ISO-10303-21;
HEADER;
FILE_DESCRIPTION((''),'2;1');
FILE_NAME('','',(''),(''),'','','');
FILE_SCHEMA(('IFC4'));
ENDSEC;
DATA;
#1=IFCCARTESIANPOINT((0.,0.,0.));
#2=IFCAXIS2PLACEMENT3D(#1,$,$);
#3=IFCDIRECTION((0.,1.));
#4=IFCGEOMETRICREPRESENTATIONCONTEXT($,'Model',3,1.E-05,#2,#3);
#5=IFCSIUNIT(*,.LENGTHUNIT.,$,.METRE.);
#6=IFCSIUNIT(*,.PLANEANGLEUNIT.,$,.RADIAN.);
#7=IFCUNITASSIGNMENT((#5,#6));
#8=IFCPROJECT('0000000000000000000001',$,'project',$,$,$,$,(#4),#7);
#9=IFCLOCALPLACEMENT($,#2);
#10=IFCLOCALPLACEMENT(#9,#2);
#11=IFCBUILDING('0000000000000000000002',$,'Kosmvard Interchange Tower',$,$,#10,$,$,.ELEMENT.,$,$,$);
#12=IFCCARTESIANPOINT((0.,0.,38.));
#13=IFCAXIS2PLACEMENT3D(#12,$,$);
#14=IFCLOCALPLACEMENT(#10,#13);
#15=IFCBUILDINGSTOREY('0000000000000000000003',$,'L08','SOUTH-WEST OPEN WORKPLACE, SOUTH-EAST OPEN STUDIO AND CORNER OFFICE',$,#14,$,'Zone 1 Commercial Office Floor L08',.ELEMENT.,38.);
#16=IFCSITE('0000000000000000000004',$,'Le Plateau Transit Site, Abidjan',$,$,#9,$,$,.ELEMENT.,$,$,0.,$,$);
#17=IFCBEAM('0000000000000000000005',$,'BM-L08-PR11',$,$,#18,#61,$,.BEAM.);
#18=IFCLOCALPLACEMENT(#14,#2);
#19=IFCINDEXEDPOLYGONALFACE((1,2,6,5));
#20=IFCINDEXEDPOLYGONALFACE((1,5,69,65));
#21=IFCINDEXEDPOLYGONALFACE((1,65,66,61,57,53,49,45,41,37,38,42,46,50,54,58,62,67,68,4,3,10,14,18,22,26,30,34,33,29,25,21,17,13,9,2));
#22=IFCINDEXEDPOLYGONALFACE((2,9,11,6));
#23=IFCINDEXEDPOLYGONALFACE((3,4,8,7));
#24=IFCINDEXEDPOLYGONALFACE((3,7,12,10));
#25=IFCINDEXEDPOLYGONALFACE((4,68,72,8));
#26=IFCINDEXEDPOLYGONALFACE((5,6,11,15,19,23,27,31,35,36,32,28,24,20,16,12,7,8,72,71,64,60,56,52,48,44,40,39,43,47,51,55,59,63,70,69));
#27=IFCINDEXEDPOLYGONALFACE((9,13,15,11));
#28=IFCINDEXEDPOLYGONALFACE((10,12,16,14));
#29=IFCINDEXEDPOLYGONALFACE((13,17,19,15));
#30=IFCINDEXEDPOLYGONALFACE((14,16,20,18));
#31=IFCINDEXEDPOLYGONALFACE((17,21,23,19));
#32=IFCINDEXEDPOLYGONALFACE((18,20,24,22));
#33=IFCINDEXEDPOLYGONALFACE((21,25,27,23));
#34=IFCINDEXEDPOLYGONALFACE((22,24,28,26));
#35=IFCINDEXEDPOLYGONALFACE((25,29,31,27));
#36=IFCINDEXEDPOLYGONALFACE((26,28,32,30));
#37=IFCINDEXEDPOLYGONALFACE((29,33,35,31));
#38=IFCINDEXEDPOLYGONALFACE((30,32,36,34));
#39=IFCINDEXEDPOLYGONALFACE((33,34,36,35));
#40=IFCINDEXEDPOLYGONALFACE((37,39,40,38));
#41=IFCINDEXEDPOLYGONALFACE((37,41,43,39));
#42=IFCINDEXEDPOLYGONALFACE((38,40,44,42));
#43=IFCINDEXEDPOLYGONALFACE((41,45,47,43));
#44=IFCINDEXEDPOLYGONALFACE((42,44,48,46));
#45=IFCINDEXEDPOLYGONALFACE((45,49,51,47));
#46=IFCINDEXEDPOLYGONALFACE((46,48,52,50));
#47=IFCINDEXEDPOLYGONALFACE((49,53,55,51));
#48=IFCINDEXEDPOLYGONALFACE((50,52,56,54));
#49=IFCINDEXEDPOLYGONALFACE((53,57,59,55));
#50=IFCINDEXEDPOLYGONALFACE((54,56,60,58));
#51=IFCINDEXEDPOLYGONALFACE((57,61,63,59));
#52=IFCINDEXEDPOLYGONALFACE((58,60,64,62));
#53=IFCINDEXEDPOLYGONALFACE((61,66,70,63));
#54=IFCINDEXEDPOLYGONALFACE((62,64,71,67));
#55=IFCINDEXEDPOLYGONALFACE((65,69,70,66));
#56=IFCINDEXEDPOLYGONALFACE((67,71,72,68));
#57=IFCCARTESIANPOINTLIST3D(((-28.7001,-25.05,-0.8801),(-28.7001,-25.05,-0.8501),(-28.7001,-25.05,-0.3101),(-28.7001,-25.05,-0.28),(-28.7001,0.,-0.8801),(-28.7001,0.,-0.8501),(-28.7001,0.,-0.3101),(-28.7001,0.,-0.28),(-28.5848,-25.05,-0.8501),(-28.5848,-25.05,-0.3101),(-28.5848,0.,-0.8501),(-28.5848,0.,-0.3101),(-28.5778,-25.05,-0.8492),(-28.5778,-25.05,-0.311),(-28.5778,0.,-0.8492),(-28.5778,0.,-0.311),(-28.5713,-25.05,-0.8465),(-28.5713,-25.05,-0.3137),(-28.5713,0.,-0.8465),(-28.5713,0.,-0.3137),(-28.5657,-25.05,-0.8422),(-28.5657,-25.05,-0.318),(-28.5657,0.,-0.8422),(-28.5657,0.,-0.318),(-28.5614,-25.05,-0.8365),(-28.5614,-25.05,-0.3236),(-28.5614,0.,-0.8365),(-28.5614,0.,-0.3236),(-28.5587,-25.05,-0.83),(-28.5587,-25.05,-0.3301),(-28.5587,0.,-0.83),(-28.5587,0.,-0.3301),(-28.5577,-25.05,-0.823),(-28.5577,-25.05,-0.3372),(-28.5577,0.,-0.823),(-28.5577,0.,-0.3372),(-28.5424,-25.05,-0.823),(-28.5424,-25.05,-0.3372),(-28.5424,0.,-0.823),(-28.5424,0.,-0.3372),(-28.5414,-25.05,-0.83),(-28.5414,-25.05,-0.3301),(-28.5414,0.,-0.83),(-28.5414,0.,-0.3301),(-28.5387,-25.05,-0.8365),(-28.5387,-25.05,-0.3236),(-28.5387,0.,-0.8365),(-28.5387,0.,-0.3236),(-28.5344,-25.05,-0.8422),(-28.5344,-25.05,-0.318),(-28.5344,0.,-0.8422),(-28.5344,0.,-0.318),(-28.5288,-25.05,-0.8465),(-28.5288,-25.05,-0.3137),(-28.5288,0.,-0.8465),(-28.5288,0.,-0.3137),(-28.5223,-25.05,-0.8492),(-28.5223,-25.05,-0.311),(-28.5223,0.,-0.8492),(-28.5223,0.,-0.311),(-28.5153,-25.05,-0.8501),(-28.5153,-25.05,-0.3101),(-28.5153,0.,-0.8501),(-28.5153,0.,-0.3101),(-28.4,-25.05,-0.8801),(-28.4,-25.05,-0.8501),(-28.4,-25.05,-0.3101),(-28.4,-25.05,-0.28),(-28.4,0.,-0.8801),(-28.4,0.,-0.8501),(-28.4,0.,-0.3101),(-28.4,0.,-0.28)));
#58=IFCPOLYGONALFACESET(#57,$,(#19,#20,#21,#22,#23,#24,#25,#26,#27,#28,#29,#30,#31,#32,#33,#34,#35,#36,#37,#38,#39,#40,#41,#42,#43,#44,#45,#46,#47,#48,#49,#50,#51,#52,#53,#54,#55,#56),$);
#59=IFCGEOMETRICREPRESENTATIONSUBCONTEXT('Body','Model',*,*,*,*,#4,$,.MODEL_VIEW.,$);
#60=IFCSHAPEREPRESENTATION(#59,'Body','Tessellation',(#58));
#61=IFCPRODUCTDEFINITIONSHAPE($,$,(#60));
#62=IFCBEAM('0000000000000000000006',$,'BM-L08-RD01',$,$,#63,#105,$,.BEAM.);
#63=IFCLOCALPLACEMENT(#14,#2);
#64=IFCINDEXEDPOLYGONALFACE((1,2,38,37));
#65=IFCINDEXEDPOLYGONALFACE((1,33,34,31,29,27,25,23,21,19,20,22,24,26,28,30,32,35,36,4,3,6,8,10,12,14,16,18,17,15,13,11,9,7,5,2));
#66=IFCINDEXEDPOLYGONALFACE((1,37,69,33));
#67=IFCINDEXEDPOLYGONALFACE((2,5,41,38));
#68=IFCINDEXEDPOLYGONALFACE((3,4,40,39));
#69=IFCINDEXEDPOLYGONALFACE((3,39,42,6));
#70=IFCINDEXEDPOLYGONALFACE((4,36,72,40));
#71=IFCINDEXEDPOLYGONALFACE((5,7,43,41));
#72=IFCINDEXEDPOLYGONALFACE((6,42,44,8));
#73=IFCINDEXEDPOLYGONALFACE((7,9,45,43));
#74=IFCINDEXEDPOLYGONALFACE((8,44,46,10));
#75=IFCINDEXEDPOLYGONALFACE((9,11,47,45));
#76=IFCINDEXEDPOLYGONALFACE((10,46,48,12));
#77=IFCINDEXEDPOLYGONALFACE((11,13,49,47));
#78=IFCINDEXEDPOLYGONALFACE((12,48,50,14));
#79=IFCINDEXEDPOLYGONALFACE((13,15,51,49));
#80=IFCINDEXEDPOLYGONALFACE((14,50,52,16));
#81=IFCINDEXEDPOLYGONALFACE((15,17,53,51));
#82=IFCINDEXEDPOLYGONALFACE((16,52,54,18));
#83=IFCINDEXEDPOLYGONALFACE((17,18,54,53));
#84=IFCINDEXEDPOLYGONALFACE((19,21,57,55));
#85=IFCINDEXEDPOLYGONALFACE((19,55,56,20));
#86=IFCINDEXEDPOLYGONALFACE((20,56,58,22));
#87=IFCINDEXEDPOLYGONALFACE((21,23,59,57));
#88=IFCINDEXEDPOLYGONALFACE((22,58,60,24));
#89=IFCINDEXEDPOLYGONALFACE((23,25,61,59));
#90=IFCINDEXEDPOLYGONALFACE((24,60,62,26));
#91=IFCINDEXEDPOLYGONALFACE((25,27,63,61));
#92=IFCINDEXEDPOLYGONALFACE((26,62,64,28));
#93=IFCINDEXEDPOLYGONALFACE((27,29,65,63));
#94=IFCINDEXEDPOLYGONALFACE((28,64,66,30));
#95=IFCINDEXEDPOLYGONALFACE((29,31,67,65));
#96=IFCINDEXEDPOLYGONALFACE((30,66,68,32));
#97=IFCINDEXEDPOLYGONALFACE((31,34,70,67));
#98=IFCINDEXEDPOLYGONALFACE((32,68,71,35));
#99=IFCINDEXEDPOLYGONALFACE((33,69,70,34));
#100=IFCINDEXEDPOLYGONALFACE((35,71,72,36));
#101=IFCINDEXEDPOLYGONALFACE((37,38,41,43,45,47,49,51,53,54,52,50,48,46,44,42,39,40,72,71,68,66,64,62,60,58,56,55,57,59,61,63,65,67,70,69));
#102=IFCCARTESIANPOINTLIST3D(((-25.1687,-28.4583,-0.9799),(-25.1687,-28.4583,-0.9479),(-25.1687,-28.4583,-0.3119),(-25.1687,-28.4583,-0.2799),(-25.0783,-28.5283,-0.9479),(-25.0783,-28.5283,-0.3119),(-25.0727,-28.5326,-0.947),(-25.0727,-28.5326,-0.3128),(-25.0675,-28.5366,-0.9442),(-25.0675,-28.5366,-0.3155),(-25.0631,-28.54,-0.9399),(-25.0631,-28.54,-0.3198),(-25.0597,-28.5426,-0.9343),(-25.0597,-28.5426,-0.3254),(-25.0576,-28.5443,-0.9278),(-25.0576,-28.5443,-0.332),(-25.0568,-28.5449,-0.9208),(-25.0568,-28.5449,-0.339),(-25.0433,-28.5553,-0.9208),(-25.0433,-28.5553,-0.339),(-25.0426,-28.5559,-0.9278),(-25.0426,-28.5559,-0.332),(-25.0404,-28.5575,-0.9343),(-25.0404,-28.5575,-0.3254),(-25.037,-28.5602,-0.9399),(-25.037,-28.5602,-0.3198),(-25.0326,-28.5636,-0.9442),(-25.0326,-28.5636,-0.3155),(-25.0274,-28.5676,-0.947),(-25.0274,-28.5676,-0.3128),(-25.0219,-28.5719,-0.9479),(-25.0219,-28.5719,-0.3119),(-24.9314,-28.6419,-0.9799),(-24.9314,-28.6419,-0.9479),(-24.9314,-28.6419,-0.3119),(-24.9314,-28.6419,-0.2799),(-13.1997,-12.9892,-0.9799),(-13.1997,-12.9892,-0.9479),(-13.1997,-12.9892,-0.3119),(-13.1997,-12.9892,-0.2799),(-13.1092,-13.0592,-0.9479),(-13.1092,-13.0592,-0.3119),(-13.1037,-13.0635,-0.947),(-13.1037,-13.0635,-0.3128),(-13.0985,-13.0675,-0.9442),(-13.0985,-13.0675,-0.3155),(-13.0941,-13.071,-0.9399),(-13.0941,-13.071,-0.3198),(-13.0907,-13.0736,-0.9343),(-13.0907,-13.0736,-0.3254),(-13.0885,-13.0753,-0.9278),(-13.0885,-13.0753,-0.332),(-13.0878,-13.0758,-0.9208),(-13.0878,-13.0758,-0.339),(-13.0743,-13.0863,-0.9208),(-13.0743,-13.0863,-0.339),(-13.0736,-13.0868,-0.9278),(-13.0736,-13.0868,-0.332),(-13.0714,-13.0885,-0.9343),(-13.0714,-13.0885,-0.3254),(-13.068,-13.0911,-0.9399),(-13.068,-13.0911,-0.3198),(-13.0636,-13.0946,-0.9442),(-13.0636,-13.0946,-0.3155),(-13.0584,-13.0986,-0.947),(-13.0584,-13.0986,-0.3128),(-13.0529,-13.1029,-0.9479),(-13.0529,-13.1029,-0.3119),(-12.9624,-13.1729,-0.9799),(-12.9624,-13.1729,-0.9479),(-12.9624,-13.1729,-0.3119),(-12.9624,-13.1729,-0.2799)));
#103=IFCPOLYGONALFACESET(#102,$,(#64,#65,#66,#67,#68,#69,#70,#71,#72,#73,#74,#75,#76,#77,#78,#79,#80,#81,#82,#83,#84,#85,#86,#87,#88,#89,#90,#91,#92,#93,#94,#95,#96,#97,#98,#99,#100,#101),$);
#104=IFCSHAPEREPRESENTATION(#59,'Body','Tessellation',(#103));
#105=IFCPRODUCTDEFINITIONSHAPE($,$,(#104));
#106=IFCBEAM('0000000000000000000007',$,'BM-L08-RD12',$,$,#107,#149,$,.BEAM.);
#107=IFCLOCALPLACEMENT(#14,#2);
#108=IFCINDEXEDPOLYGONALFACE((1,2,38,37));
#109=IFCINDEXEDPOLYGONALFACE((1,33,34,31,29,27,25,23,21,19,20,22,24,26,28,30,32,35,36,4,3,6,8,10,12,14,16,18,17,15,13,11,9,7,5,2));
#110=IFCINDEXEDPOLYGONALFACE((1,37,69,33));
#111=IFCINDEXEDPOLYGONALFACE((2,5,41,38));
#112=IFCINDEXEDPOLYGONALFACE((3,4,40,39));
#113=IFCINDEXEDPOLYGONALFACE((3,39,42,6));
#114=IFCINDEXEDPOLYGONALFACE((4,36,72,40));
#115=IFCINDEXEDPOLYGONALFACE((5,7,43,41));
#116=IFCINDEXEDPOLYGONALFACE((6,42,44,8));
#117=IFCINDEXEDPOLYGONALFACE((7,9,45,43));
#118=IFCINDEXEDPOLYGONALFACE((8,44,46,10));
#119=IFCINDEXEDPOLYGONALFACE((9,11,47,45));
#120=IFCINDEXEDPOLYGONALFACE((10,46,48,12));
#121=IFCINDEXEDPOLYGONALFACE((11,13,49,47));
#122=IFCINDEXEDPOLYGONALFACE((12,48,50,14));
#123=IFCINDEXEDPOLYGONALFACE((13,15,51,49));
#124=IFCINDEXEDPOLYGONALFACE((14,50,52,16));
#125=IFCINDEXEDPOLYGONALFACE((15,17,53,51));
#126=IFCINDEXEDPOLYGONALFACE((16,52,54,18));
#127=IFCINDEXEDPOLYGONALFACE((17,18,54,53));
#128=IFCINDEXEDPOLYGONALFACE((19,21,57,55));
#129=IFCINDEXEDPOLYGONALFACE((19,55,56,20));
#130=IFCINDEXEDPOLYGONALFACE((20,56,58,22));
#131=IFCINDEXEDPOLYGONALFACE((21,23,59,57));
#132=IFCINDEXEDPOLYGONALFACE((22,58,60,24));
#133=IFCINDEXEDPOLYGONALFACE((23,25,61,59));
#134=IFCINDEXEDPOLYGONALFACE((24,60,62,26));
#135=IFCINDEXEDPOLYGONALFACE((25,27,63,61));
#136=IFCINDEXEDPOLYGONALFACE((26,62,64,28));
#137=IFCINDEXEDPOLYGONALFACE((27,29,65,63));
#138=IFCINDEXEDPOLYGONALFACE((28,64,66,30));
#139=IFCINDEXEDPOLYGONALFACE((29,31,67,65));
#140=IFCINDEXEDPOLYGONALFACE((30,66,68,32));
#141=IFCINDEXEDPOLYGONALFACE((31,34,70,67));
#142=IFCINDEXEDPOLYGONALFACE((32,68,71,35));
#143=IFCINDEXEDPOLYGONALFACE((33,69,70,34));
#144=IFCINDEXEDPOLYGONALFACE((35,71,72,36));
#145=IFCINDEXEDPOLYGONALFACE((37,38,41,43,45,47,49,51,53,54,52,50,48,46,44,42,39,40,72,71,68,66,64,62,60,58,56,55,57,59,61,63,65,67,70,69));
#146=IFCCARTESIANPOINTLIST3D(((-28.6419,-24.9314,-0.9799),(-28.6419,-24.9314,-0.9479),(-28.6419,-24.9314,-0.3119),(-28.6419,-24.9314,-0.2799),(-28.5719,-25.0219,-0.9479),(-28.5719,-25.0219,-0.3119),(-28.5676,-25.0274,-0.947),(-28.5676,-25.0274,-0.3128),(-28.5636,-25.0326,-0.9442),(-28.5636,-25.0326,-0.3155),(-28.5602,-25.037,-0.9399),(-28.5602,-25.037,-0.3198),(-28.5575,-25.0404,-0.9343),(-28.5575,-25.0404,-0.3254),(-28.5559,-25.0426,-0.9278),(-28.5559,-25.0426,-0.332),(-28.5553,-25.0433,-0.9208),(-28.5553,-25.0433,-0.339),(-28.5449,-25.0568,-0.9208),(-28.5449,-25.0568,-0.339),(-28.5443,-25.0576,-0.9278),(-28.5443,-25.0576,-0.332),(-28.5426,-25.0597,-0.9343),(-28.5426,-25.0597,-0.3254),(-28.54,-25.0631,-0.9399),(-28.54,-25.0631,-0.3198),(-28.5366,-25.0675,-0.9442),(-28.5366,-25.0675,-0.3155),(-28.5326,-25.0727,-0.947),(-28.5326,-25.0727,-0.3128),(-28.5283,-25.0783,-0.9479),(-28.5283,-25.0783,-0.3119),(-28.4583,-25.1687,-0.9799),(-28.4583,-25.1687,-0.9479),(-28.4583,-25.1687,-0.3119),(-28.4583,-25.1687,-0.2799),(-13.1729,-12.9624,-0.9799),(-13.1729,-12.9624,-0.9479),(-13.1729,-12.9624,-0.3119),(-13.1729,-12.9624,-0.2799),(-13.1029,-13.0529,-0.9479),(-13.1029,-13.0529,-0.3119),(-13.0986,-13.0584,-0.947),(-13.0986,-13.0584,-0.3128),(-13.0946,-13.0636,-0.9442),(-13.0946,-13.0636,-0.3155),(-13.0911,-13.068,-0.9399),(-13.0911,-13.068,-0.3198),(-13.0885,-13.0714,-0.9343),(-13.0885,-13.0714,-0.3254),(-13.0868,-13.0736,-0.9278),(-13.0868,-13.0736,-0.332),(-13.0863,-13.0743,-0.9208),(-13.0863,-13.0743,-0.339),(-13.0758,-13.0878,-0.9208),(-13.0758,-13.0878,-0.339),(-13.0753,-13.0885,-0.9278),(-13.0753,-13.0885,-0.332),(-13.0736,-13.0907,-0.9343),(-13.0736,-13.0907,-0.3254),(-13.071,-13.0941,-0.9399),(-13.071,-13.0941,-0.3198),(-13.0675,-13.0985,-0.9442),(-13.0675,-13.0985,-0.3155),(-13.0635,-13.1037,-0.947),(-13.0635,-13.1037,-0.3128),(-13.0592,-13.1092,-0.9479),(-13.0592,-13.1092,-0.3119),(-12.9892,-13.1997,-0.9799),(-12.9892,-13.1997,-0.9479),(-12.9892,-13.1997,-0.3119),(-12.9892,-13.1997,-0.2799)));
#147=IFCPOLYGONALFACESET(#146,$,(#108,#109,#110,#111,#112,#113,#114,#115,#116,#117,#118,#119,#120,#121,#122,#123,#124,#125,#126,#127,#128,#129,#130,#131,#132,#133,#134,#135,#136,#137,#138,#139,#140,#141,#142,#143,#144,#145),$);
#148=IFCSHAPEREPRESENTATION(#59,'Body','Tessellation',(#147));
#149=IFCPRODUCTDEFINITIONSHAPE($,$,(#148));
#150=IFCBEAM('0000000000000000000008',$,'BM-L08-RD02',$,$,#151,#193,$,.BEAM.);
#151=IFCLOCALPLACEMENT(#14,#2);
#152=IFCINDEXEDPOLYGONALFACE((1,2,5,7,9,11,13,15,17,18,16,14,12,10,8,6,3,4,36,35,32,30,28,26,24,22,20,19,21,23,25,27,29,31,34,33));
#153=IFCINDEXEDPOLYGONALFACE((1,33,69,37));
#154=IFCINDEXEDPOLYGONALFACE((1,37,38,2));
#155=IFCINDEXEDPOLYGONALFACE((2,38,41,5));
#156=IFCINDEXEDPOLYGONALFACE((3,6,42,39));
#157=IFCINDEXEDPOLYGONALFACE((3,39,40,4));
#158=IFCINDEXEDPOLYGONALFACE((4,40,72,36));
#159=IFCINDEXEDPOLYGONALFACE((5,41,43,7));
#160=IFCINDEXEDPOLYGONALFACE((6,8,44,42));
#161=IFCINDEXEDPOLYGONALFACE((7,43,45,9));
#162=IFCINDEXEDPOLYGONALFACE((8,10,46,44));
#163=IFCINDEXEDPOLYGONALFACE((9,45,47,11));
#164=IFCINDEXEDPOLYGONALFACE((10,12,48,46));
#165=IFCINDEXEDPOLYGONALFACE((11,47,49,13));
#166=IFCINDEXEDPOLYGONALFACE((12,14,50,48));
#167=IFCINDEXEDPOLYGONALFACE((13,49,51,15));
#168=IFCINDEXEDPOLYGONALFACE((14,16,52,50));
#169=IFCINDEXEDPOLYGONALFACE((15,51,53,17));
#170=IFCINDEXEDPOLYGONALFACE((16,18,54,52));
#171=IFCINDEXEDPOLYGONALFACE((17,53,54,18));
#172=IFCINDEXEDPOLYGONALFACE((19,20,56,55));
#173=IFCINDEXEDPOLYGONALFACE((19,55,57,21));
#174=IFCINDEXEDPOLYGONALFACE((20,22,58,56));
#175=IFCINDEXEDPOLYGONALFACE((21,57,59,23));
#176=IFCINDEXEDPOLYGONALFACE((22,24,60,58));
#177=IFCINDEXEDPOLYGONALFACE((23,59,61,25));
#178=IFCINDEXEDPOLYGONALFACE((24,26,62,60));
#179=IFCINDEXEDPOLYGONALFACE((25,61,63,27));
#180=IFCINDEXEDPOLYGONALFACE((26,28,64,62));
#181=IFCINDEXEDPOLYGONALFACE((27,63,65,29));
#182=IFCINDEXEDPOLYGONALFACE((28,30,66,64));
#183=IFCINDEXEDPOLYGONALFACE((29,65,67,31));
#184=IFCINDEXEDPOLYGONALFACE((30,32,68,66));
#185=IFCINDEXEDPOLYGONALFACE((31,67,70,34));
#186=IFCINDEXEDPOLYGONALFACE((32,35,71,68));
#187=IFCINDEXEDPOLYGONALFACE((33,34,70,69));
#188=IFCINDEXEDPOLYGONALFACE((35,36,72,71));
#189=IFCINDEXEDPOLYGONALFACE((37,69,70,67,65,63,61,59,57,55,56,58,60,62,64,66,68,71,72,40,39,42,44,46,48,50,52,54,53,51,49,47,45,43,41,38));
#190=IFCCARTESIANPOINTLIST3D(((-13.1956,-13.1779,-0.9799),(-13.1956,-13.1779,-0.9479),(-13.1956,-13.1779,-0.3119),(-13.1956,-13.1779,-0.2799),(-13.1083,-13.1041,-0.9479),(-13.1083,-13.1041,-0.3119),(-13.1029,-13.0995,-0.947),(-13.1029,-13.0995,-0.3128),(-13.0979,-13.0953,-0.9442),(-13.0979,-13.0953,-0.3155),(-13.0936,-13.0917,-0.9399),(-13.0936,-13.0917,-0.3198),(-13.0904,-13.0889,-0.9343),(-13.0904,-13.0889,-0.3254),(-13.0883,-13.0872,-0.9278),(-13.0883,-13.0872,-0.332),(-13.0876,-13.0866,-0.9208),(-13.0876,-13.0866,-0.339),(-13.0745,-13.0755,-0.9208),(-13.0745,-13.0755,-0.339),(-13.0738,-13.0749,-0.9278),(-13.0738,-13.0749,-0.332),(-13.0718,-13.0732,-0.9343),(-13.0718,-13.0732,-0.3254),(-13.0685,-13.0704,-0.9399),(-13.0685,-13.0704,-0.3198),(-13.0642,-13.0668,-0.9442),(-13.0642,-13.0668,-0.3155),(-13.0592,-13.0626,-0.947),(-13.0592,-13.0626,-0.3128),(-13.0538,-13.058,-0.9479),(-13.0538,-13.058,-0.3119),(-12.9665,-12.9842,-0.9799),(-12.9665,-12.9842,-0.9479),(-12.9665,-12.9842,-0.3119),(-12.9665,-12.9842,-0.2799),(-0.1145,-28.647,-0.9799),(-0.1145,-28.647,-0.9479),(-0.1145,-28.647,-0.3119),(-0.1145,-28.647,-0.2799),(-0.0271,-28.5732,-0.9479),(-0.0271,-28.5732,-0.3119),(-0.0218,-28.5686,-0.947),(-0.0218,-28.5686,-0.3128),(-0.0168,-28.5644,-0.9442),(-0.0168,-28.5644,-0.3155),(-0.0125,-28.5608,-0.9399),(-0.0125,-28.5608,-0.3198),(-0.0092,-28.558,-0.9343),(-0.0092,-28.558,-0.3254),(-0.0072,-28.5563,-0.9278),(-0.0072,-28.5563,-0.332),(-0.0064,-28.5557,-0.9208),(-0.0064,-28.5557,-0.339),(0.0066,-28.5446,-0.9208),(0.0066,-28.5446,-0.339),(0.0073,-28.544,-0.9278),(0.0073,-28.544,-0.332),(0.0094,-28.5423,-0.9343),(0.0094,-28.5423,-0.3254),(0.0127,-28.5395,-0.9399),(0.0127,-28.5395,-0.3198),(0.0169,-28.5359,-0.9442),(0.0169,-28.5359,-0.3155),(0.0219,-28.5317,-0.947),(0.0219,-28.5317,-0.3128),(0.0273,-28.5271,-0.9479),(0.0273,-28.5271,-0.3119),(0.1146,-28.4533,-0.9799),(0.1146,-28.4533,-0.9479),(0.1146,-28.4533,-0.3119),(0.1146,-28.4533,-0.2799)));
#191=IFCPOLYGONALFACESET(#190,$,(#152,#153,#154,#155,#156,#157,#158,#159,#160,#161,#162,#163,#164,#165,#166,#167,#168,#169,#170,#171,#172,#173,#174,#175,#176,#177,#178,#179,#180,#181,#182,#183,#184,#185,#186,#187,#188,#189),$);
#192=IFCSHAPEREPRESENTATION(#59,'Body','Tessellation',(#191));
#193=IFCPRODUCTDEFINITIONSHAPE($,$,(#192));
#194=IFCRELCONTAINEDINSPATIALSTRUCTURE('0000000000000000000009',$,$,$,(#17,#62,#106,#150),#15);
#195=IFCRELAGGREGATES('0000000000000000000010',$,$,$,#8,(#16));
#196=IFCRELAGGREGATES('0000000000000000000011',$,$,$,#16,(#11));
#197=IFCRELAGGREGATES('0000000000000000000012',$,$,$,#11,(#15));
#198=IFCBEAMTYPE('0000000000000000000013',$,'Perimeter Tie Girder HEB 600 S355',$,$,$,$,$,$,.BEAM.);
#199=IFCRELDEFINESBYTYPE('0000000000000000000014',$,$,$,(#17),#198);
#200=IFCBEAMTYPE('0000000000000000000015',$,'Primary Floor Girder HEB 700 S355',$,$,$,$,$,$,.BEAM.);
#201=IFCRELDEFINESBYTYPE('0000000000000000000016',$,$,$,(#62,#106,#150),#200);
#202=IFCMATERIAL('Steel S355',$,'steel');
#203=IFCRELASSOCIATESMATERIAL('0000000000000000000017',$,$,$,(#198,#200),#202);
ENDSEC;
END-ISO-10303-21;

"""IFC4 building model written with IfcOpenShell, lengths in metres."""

from ifc_helpers import new_model, si_unit, direction, frame, origin, origin_2d, place, context, subcontext, project, spatial, i_section, extrude, source, transform, mapped, material, material_profile, profile_set, type_object, element, save


model = new_model("IFC4")

# Units and contexts
model_context = context("Model", 3, precision=1e-05, world=origin(), true_north=direction((0.0, 1.0)))
body_context = subcontext(model_context, "Body", "Model", "MODEL_VIEW")
ifc_project = project(units=[si_unit("LENGTHUNIT", "METRE"), si_unit("PLANEANGLEUNIT", "RADIAN")], contexts=[model_context])

# Site, building, storey
site_placement = place(None, origin())
site = spatial("IfcSite", under=ifc_project, at=site_placement, Name="Le Plateau Transit Site, Abidjan", CompositionType="ELEMENT", RefElevation=0.0)
building_placement = place(site_placement, origin())
building = spatial("IfcBuilding", under=site, at=building_placement, Name="Kosmvard Interchange Tower", CompositionType="ELEMENT")
storey_placement = place(building_placement, frame((0.0, 0.0, 38.0)))
storey = spatial("IfcBuildingStorey", under=building, at=storey_placement, Name="L08", Description="SOUTH-WEST OPEN WORKPLACE, SOUTH-EAST OPEN STUDIO AND CORNER OFFICE", LongName="Zone 1 Commercial Office Floor L08", CompositionType="ELEMENT", Elevation=38.0)

# Beams
ifc_material_1 = material(Name="Steel S355", Category="steel")
ifc_material_profile_1 = material_profile(ifc_material_1, i_section(OverallWidth=0.3, OverallDepth=0.6001, WebThickness=0.0154, FlangeThickness=0.03, FilletRadius=0.0271, at=origin_2d()), Name="HEB 600")
ifc_profile_set_1 = profile_set([ifc_material_profile_1], Name="Steel S355")
beam_type_1 = type_object("IfcBeamType", Name="Perimeter Tie Girder HEB 600 S355", PredefinedType="BEAM", material=ifc_profile_set_1)
shared_shape_1 = source(origin(), body_context, "Body", "SweptSolid", [
    extrude(i_section(OverallWidth=0.3, OverallDepth=0.6001, WebThickness=0.0154, FlangeThickness=0.03, FilletRadius=0.0271, at=origin_2d()), origin(), (0.0, 0.0, 1.0), 25.05),
])
for number, where, z_axis, x_axis, name in (
    (1, (-28.55, 0.0, -0.5801), (0.0, -1.0, 0.0), (1.0, 0.0, 0.0), "BM-L08-PR11"),
):
    element("IfcBeam", number, at=place(storey_placement, frame(where, z_axis=z_axis, x_axis=x_axis)), inside=storey, type_object=beam_type_1, Name=name, PredefinedType="BEAM", context=body_context, shape_type="MappedRepresentation", body=[
        mapped(shared_shape_1, transform((0.0, 0.0, 0.0), scale=1.0)),
    ])
ifc_material_profile_2 = material_profile(ifc_material_1, i_section(OverallWidth=0.3, OverallDepth=0.7, WebThickness=0.0171, FlangeThickness=0.032, FilletRadius=0.0271, at=origin_2d()), Name="HEB 700")
ifc_profile_set_2 = profile_set([ifc_material_profile_2], Name="Steel S355")
beam_type_2 = type_object("IfcBeamType", Name="Primary Floor Girder HEB 700 S355", PredefinedType="BEAM", material=ifc_profile_set_2)
shared_shape_2 = source(origin(), body_context, "Body", "SweptSolid", [
    extrude(i_section(OverallWidth=0.3, OverallDepth=0.7, WebThickness=0.0171, FlangeThickness=0.032, FilletRadius=0.0271, at=origin_2d()), origin(), (0.0, 0.0, 1.0), 19.5588),
])
for number, where, z_axis, x_axis, name in (
    (2, (-13.0811, -13.0811, -0.6299), (-0.611949, -0.790897, 0.0), (0.790897, -0.611949, 0.0), "BM-L08-RD01"),
    (3, (-13.0811, -13.0811, -0.6299), (-0.790897, -0.611949, 0.0), (0.611949, -0.790897, 0.0), "BM-L08-RD12"),
):
    element("IfcBeam", number, at=place(storey_placement, frame(where, z_axis=z_axis, x_axis=x_axis)), inside=storey, type_object=beam_type_2, Name=name, PredefinedType="BEAM", context=body_context, shape_type="MappedRepresentation", body=[
        mapped(shared_shape_2, transform((0.0, 0.0, 0.0), scale=1.0)),
    ])
shared_shape_3 = source(origin(), body_context, "Body", "SweptSolid", [
    extrude(i_section(OverallWidth=0.3, OverallDepth=0.7, WebThickness=0.0171, FlangeThickness=0.032, FilletRadius=0.0271, at=origin_2d()), origin(), (0.0, 0.0, 1.0), 20.2585),
])
for number, where, z_axis, x_axis, name in (
    (4, (-13.0811, -13.0811, -0.6299), (0.645709, -0.763583, 0.0), (0.763583, 0.645709, 0.0), "BM-L08-RD02"),
):
    element("IfcBeam", number, at=place(storey_placement, frame(where, z_axis=z_axis, x_axis=x_axis)), inside=storey, type_object=beam_type_2, Name=name, PredefinedType="BEAM", context=body_context, shape_type="MappedRepresentation", body=[
        mapped(shared_shape_3, transform((0.0, 0.0, 0.0), scale=1.0)),
    ])

save(model, "model.ifc")
